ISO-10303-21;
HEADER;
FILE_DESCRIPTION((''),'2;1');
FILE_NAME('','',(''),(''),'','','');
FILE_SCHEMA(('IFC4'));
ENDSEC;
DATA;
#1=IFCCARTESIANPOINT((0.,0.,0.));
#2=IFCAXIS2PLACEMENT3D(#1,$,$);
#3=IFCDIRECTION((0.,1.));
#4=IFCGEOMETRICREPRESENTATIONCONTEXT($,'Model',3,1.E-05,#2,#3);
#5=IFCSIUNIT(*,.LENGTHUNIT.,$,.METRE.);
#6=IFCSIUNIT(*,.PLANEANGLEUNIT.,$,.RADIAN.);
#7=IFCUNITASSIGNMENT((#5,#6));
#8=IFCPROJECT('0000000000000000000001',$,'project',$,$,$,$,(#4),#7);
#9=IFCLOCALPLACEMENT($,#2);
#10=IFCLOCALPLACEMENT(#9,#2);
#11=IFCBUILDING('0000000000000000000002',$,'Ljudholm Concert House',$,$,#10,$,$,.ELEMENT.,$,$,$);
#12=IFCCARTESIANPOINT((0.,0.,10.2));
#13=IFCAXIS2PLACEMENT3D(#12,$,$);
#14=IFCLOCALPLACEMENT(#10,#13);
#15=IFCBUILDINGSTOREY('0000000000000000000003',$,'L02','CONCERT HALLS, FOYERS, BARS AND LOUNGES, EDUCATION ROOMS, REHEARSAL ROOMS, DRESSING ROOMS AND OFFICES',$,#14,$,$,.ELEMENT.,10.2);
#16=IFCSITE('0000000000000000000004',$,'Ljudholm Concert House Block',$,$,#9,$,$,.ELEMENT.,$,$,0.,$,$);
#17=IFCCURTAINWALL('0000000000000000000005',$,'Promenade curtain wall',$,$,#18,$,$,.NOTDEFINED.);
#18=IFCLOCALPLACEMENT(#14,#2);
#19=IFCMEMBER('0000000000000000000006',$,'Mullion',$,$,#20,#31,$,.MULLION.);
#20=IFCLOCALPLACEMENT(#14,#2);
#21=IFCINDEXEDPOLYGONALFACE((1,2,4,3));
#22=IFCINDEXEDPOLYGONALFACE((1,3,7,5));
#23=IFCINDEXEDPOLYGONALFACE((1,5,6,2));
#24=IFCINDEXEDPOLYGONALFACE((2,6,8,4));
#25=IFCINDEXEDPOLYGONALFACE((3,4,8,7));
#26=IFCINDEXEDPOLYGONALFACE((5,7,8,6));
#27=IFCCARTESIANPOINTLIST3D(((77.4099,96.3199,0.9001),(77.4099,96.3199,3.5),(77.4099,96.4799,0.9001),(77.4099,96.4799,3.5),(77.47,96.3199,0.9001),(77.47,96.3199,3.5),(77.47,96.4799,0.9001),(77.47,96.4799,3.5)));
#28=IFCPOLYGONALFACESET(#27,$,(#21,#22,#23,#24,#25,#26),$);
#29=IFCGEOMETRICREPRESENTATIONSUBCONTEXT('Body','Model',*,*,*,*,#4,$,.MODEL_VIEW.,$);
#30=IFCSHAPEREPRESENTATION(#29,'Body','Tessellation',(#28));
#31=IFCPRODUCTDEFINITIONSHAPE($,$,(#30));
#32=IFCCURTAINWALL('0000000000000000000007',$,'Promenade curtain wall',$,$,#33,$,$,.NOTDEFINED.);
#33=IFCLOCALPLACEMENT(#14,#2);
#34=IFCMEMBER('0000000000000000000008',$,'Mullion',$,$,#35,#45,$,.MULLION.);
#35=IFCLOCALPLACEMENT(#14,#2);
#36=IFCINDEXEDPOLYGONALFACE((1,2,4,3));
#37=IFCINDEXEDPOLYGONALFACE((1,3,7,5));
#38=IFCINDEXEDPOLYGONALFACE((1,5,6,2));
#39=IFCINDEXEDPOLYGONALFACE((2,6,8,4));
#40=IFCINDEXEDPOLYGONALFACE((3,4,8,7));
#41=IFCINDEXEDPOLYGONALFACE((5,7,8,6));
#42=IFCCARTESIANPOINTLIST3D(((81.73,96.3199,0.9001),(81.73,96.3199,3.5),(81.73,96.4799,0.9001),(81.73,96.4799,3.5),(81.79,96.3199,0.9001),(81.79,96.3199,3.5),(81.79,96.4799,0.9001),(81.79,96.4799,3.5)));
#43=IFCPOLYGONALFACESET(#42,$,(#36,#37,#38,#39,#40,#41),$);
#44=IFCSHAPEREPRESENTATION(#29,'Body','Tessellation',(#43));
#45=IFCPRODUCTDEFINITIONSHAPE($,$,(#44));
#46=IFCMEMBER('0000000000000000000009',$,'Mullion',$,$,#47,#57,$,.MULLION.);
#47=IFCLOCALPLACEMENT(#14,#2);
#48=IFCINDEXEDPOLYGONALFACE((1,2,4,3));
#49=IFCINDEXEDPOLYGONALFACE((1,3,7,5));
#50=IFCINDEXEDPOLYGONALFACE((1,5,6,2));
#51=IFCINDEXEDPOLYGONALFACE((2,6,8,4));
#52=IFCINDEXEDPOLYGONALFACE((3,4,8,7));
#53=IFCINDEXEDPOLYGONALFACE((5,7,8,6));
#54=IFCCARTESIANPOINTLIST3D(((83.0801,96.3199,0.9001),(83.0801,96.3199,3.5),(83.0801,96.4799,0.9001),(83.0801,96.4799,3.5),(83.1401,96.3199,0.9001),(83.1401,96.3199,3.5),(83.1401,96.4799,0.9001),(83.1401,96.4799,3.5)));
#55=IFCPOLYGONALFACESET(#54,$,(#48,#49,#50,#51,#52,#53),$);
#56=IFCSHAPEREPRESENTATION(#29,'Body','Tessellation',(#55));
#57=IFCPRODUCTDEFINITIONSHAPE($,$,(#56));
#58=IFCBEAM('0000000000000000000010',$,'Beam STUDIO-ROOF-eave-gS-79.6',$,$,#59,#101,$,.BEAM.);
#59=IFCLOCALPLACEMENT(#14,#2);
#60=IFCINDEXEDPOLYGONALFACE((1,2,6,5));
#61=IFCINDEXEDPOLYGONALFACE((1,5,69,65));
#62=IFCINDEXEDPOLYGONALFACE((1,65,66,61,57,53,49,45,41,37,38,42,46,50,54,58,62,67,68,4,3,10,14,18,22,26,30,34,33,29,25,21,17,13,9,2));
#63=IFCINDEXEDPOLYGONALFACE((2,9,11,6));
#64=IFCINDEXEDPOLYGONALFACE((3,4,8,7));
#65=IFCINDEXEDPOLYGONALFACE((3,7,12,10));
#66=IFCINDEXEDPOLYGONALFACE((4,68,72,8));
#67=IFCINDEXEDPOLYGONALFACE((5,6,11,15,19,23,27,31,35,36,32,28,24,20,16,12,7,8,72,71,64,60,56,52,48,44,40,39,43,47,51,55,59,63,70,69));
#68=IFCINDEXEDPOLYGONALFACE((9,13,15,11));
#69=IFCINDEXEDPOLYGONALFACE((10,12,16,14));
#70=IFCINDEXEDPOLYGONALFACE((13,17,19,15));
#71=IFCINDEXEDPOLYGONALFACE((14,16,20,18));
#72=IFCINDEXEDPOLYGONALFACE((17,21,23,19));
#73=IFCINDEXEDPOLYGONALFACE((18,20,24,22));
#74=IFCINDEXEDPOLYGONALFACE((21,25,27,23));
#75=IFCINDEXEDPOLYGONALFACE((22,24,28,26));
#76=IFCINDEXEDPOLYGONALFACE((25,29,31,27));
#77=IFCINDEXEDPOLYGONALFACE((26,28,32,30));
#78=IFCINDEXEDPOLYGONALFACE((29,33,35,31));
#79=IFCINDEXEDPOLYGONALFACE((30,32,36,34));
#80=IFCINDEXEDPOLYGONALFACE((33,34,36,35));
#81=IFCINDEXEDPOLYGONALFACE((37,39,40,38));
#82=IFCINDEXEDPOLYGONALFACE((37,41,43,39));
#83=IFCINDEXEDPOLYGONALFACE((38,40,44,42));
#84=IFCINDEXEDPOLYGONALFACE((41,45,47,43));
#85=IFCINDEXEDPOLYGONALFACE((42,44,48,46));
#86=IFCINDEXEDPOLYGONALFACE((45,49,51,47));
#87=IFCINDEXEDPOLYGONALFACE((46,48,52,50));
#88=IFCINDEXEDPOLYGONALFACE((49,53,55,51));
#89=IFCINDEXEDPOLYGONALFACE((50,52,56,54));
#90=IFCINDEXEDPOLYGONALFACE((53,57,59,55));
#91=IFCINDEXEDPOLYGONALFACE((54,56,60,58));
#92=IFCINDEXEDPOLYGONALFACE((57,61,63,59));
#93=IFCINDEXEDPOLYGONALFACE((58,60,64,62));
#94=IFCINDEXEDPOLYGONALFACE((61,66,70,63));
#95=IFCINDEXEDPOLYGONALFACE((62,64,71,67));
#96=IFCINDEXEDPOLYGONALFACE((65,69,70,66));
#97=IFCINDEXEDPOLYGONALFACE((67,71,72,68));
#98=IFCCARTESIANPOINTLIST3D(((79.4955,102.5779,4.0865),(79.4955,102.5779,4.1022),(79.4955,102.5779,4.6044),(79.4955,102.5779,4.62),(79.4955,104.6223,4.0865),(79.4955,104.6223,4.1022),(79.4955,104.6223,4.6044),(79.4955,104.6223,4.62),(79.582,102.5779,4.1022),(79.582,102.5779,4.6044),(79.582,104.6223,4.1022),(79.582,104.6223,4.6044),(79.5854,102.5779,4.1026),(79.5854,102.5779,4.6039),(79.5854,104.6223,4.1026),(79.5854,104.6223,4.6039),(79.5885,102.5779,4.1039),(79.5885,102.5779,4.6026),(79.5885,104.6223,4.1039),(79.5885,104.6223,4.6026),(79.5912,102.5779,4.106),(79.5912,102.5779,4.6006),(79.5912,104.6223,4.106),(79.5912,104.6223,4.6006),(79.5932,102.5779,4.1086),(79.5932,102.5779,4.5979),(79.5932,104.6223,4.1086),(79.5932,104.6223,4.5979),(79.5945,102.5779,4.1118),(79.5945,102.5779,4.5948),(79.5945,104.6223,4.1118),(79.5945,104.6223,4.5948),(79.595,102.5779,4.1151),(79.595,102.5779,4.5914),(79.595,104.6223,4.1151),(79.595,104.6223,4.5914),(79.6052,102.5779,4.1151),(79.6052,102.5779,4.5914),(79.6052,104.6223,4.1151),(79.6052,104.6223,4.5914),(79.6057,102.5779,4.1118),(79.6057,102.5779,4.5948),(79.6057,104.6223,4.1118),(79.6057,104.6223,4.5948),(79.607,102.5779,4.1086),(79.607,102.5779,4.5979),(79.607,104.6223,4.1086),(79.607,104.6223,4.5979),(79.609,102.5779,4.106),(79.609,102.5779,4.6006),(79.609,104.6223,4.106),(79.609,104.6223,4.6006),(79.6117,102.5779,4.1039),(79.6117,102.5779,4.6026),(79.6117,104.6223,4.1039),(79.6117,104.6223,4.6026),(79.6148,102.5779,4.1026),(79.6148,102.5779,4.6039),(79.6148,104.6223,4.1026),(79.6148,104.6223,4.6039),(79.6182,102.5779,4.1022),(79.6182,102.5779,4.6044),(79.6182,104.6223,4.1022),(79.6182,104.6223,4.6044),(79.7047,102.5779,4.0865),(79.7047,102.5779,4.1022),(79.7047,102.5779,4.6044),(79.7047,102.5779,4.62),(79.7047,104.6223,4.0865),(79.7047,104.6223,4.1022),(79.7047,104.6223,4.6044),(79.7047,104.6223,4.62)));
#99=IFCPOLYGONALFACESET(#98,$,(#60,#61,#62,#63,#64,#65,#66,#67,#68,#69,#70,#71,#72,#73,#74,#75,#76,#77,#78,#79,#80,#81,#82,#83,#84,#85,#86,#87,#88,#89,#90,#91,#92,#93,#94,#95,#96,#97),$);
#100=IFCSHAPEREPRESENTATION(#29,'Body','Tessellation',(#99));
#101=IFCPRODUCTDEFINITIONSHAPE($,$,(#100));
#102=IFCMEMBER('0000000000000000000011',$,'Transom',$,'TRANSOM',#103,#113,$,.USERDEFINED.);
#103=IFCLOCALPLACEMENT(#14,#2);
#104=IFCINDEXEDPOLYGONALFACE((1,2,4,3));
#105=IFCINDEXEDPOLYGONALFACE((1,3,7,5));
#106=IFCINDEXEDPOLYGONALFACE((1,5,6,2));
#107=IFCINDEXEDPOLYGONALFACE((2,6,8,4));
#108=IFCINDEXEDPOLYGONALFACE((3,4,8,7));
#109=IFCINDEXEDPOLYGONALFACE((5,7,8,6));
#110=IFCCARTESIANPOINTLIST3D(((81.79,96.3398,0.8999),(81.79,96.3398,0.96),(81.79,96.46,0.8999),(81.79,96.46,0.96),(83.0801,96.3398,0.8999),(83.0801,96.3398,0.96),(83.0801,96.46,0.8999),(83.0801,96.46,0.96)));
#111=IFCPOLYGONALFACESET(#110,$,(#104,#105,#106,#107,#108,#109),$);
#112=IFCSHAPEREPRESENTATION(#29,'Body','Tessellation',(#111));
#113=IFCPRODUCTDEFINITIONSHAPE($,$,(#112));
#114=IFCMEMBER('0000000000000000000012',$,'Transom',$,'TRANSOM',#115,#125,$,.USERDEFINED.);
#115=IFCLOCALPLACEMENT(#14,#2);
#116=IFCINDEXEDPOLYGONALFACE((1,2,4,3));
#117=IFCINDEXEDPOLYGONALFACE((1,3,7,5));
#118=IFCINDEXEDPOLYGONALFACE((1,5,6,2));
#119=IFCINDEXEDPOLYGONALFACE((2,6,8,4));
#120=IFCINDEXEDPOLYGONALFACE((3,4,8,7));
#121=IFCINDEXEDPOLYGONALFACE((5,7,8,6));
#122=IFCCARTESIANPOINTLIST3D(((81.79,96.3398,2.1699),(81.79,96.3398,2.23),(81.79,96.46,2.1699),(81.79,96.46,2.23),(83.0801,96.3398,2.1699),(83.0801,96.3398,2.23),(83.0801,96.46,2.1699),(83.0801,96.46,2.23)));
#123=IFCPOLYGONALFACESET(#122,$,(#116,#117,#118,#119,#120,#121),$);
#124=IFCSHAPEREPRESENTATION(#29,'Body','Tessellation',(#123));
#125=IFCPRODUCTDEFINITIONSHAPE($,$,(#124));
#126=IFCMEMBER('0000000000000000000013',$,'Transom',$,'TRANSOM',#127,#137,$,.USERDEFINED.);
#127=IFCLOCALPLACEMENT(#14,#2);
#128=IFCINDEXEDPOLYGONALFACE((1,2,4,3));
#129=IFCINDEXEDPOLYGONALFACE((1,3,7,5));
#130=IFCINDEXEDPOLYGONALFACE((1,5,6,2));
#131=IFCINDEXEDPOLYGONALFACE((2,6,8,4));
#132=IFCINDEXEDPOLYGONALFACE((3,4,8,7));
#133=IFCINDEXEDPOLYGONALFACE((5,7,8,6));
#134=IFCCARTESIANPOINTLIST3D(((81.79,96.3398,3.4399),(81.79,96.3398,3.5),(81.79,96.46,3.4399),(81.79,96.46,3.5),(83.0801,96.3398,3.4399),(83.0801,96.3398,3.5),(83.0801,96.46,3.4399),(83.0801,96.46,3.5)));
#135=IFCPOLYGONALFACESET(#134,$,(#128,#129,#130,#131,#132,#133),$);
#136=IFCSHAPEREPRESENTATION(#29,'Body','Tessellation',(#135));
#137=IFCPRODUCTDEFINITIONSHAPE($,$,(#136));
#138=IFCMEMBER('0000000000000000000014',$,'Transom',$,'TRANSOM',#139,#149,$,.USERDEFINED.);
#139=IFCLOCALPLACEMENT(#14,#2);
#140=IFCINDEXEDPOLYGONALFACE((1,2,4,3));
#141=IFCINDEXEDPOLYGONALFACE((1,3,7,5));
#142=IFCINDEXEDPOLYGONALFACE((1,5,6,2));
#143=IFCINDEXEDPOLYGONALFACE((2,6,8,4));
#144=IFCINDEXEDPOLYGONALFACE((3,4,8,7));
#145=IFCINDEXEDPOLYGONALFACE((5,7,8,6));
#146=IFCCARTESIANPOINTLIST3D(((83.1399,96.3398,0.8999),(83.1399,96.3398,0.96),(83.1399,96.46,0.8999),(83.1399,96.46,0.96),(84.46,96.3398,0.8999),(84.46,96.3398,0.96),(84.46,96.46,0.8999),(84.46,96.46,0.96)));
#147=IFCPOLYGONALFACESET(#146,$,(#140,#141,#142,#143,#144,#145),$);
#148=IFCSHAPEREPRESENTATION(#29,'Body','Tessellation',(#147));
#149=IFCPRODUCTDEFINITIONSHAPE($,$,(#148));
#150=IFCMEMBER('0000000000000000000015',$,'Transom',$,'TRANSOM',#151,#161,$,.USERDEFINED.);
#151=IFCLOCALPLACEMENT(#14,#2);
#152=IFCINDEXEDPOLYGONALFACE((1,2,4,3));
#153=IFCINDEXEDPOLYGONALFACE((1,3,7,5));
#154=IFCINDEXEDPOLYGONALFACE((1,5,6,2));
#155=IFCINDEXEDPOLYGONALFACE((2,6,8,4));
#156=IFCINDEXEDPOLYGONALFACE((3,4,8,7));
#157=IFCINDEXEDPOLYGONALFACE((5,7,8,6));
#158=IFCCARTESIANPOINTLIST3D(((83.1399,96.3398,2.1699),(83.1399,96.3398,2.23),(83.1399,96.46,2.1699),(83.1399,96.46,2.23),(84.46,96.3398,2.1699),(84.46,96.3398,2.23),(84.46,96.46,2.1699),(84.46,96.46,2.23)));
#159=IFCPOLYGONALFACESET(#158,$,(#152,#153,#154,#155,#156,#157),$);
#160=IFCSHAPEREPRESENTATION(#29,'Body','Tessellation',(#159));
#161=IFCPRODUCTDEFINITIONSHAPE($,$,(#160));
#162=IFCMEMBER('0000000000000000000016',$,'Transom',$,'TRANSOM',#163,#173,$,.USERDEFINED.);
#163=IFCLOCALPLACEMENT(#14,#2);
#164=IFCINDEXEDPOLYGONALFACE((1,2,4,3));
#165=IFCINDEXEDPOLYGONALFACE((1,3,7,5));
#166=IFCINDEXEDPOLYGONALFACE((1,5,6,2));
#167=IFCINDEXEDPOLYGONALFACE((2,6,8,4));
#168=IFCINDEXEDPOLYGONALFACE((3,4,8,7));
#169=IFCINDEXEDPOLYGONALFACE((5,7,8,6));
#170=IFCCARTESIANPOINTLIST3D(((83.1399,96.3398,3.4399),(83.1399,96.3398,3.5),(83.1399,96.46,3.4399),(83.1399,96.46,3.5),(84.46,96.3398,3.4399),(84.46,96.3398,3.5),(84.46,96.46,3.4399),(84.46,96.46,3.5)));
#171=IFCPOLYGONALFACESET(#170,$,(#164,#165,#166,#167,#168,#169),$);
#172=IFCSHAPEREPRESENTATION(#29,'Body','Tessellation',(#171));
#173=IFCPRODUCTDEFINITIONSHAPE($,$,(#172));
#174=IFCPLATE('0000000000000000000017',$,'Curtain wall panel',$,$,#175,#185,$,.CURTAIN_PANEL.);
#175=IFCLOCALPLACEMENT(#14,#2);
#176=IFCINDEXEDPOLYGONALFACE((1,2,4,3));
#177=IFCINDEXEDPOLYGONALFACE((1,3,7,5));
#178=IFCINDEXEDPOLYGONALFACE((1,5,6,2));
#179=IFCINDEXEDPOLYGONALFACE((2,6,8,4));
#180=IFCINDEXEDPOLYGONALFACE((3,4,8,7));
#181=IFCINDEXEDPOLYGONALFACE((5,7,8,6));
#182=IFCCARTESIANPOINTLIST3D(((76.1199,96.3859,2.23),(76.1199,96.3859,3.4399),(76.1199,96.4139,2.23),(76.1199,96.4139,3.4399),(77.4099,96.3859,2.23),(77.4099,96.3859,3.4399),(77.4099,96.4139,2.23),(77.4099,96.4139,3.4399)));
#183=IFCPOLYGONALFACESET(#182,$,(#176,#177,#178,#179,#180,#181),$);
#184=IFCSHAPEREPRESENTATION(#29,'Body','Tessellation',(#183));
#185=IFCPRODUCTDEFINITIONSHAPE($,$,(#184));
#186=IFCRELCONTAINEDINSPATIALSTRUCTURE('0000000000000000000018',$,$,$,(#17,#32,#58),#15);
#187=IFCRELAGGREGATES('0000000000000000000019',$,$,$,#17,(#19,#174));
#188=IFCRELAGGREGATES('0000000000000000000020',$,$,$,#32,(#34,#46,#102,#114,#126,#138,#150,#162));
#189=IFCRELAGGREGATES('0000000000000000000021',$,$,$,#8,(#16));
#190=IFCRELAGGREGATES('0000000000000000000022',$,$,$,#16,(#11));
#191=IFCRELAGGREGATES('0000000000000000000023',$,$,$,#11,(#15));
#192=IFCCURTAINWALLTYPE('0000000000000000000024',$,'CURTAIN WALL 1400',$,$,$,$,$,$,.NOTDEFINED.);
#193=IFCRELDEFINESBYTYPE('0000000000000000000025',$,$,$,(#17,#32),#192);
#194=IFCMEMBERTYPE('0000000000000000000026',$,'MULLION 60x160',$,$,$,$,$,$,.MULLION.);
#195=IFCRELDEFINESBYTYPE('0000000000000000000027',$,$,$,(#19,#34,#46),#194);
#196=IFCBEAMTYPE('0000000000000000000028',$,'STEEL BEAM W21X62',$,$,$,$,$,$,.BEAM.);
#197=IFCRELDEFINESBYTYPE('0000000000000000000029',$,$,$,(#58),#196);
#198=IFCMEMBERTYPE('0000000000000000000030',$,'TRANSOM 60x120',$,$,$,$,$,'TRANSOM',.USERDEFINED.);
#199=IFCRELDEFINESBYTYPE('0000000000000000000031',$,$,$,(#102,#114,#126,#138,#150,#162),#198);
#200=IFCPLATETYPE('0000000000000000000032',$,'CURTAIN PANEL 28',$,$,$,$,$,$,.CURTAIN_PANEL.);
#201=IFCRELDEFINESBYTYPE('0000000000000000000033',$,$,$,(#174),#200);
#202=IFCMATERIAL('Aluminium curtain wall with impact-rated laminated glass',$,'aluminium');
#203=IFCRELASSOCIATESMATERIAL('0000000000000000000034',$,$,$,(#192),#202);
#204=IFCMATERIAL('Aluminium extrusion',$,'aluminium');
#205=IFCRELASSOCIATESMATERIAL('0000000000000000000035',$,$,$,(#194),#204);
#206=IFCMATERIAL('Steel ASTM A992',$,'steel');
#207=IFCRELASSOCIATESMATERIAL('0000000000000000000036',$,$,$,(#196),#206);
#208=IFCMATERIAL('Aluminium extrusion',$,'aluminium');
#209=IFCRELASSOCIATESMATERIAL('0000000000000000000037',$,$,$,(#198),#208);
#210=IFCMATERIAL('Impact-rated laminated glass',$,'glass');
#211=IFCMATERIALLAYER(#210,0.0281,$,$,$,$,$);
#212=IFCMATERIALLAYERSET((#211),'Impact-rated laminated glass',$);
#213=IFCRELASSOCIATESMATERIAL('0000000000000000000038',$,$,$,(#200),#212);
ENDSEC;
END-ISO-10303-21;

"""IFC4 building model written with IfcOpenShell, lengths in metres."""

from ifc_helpers import new_model, si_unit, direction, frame, origin, origin_2d, place, context, subcontext, project, spatial, rectangle, i_section, extrude, material, layer, layer_set, material_profile, profile_set, type_object, element, aggregate, save


model = new_model("IFC4")

# Units and contexts
model_context = context("Model", 3, precision=1e-05, world=origin(), true_north=direction((0.0, 1.0)))
body_context = subcontext(model_context, "Body", "Model", "MODEL_VIEW")
ifc_project = project(units=[si_unit("LENGTHUNIT", "METRE"), si_unit("PLANEANGLEUNIT", "RADIAN")], contexts=[model_context])

# Site, building, storey
site_placement = place(None, origin())
site = spatial("IfcSite", under=ifc_project, at=site_placement, Name="Ljudholm Concert House Block", CompositionType="ELEMENT", RefElevation=0.0)
building_placement = place(site_placement, origin())
building = spatial("IfcBuilding", under=site, at=building_placement, Name="Ljudholm Concert House", CompositionType="ELEMENT")
storey_placement = place(building_placement, frame((0.0, 0.0, 10.2)))
storey = spatial("IfcBuildingStorey", under=building, at=storey_placement, Name="L02", Description="CONCERT HALLS, FOYERS, BARS AND LOUNGES, EDUCATION ROOMS, REHEARSAL ROOMS, DRESSING ROOMS AND OFFICES", CompositionType="ELEMENT", Elevation=10.2)

# Curtain wall, member
ifc_material_1 = material(Name="Aluminium curtain wall with impact-rated laminated glass", Category="aluminium")
curtain_wall_type = type_object("IfcCurtainWallType", Name="CURTAIN WALL 1400", PredefinedType="NOTDEFINED", material=ifc_material_1)
curtain_wall_1_placement = place(storey_placement, origin())
curtain_wall_1 = element("IfcCurtainWall", 1, at=curtain_wall_1_placement, inside=storey, type_object=curtain_wall_type, Name="Promenade curtain wall", PredefinedType="NOTDEFINED")
ifc_material_2 = material(Name="Aluminium extrusion", Category="aluminium")
ifc_material_profile_1 = material_profile(ifc_material_2, rectangle(XDim=0.1599, YDim=0.0601, at=origin_2d()), Name="MULLION 60x160")
ifc_profile_set_1 = profile_set([ifc_material_profile_1], Name="Aluminium extrusion")
member_type_1 = type_object("IfcMemberType", Name="MULLION 60x160", PredefinedType="MULLION", material=ifc_profile_set_1)
member_1_placement = place(storey_placement, frame((77.4399, 96.3999, 0.9001), z_axis=(0.0, 0.0, 1.0), x_axis=(0.0, 1.0, 0.0)))
member_1 = element("IfcMember", 2, at=member_1_placement, type_object=member_type_1, Name="Mullion", PredefinedType="MULLION", context=body_context, shape_type="SweptSolid", body=[
    extrude(rectangle(XDim=0.1599, YDim=0.0601, at=origin_2d()), origin(), (0.0, 0.0, 1.0), 2.5999),
])

# Curtain wall, members
curtain_wall_2_placement = place(storey_placement, origin())
curtain_wall_2 = element("IfcCurtainWall", 3, at=curtain_wall_2_placement, inside=storey, type_object=curtain_wall_type, Name="Promenade curtain wall", PredefinedType="NOTDEFINED")
member_2_placement = place(storey_placement, frame((81.76, 96.3999, 0.9001), z_axis=(0.0, 0.0, 1.0), x_axis=(0.0, 1.0, 0.0)))
member_2 = element("IfcMember", 4, at=member_2_placement, type_object=member_type_1, Name="Mullion", PredefinedType="MULLION", context=body_context, shape_type="SweptSolid", body=[
    extrude(rectangle(XDim=0.1599, YDim=0.0601, at=origin_2d()), origin(), (0.0, 0.0, 1.0), 2.5999),
])
member_3_placement = place(storey_placement, frame((83.1101, 96.3999, 0.9001), z_axis=(0.0, 0.0, 1.0), x_axis=(0.0, 1.0, 0.0)))
member_3 = element("IfcMember", 5, at=member_3_placement, type_object=member_type_1, Name="Mullion", PredefinedType="MULLION", context=body_context, shape_type="SweptSolid", body=[
    extrude(rectangle(XDim=0.1599, YDim=0.0601, at=origin_2d()), origin(), (0.0, 0.0, 1.0), 2.5999),
])

# Beam
ifc_material_3 = material(Name="Steel ASTM A992", Category="steel")
ifc_material_profile_2 = material_profile(ifc_material_3, i_section(OverallWidth=0.2092, OverallDepth=0.5334, WebThickness=0.0103, FlangeThickness=0.0156, FilletRadius=0.0129, at=origin_2d()), Name="W21X62")
ifc_profile_set_2 = profile_set([ifc_material_profile_2], Name="Steel ASTM A992")
beam_type = type_object("IfcBeamType", Name="STEEL BEAM W21X62", PredefinedType="BEAM", material=ifc_profile_set_2)
beam_placement = place(storey_placement, frame((79.6001, 104.6223, 4.3533), z_axis=(0.0, -1.0, 0.0), x_axis=(1.0, 0.0, 0.0)))
element("IfcBeam", 6, at=beam_placement, inside=storey, type_object=beam_type, Name="Beam STUDIO-ROOF-eave-gS-79.6", PredefinedType="BEAM", context=body_context, shape_type="SweptSolid", body=[
    extrude(i_section(OverallWidth=0.2092, OverallDepth=0.5334, WebThickness=0.0103, FlangeThickness=0.0156, FilletRadius=0.0129, at=origin_2d()), origin(), (0.0, 0.0, 1.0), 2.0444),
])

# Members
ifc_material_4 = material(Name="Aluminium extrusion", Category="aluminium")
ifc_material_profile_3 = material_profile(ifc_material_4, rectangle(XDim=0.1201, YDim=0.0601, at=origin_2d()), Name="TRANSOM 60x120")
ifc_profile_set_3 = profile_set([ifc_material_profile_3], Name="Aluminium extrusion")
member_type_2 = type_object("IfcMemberType", Name="TRANSOM 60x120", ElementType="TRANSOM", PredefinedType="USERDEFINED", material=ifc_profile_set_3)
member_4_placement = place(storey_placement, frame((81.79, 96.3999, 0.9299), z_axis=(1.0, 0.0, 0.0), x_axis=(0.0, 1.0, 0.0)))
member_4 = element("IfcMember", 7, at=member_4_placement, type_object=member_type_2, Name="Transom", ObjectType="TRANSOM", PredefinedType="USERDEFINED", context=body_context, shape_type="SweptSolid", body=[
    extrude(rectangle(XDim=0.1201, YDim=0.0601, at=origin_2d()), origin(), (0.0, 0.0, 1.0), 1.29),
])
member_5_placement = place(storey_placement, frame((81.79, 96.3999, 2.2), z_axis=(1.0, 0.0, 0.0), x_axis=(0.0, 1.0, 0.0)))
member_5 = element("IfcMember", 8, at=member_5_placement, type_object=member_type_2, Name="Transom", ObjectType="TRANSOM", PredefinedType="USERDEFINED", context=body_context, shape_type="SweptSolid", body=[
    extrude(rectangle(XDim=0.1201, YDim=0.0601, at=origin_2d()), origin(), (0.0, 0.0, 1.0), 1.29),
])
member_6_placement = place(storey_placement, frame((81.79, 96.3999, 3.47), z_axis=(1.0, 0.0, 0.0), x_axis=(0.0, 1.0, 0.0)))
member_6 = element("IfcMember", 9, at=member_6_placement, type_object=member_type_2, Name="Transom", ObjectType="TRANSOM", PredefinedType="USERDEFINED", context=body_context, shape_type="SweptSolid", body=[
    extrude(rectangle(XDim=0.1201, YDim=0.0601, at=origin_2d()), origin(), (0.0, 0.0, 1.0), 1.29),
])
member_7_placement = place(storey_placement, frame((83.1399, 96.3999, 0.9299), z_axis=(1.0, 0.0, 0.0), x_axis=(0.0, 1.0, 0.0)))
member_7 = element("IfcMember", 10, at=member_7_placement, type_object=member_type_2, Name="Transom", ObjectType="TRANSOM", PredefinedType="USERDEFINED", context=body_context, shape_type="SweptSolid", body=[
    extrude(rectangle(XDim=0.1201, YDim=0.0601, at=origin_2d()), origin(), (0.0, 0.0, 1.0), 1.3201),
])
member_8_placement = place(storey_placement, frame((83.1399, 96.3999, 2.2), z_axis=(1.0, 0.0, 0.0), x_axis=(0.0, 1.0, 0.0)))
member_8 = element("IfcMember", 11, at=member_8_placement, type_object=member_type_2, Name="Transom", ObjectType="TRANSOM", PredefinedType="USERDEFINED", context=body_context, shape_type="SweptSolid", body=[
    extrude(rectangle(XDim=0.1201, YDim=0.0601, at=origin_2d()), origin(), (0.0, 0.0, 1.0), 1.3201),
])
member_9_placement = place(storey_placement, frame((83.1399, 96.3999, 3.47), z_axis=(1.0, 0.0, 0.0), x_axis=(0.0, 1.0, 0.0)))
member_9 = element("IfcMember", 12, at=member_9_placement, type_object=member_type_2, Name="Transom", ObjectType="TRANSOM", PredefinedType="USERDEFINED", context=body_context, shape_type="SweptSolid", body=[
    extrude(rectangle(XDim=0.1201, YDim=0.0601, at=origin_2d()), origin(), (0.0, 0.0, 1.0), 1.3201),
])

# Plate
ifc_material_5 = material(Name="Impact-rated laminated glass", Category="glass")
ifc_layer_1 = layer(ifc_material_5, 0.0281)
ifc_layer_set_1 = layer_set([ifc_layer_1], Name="Impact-rated laminated glass")
plate_type = type_object("IfcPlateType", Name="CURTAIN PANEL 28", PredefinedType="CURTAIN_PANEL", material=ifc_layer_set_1)
plate_1_placement = place(storey_placement, frame((76.7649, 96.3999, 2.23), z_axis=(0.0, 0.0, 1.0), x_axis=(1.0, 0.0, 0.0)))
plate_1 = element("IfcPlate", 13, at=plate_1_placement, type_object=plate_type, Name="Curtain wall panel", PredefinedType="CURTAIN_PANEL", context=body_context, shape_type="SweptSolid", body=[
    extrude(rectangle(XDim=1.29, YDim=0.0281, at=origin_2d()), origin(), (0.0, 0.0, 1.0), 1.21),
])
aggregate(curtain_wall_1, [member_1, plate_1])
aggregate(curtain_wall_2, [member_2, member_3, member_4, member_5, member_6, member_7, member_8, member_9])

save(model, "model.ifc")
